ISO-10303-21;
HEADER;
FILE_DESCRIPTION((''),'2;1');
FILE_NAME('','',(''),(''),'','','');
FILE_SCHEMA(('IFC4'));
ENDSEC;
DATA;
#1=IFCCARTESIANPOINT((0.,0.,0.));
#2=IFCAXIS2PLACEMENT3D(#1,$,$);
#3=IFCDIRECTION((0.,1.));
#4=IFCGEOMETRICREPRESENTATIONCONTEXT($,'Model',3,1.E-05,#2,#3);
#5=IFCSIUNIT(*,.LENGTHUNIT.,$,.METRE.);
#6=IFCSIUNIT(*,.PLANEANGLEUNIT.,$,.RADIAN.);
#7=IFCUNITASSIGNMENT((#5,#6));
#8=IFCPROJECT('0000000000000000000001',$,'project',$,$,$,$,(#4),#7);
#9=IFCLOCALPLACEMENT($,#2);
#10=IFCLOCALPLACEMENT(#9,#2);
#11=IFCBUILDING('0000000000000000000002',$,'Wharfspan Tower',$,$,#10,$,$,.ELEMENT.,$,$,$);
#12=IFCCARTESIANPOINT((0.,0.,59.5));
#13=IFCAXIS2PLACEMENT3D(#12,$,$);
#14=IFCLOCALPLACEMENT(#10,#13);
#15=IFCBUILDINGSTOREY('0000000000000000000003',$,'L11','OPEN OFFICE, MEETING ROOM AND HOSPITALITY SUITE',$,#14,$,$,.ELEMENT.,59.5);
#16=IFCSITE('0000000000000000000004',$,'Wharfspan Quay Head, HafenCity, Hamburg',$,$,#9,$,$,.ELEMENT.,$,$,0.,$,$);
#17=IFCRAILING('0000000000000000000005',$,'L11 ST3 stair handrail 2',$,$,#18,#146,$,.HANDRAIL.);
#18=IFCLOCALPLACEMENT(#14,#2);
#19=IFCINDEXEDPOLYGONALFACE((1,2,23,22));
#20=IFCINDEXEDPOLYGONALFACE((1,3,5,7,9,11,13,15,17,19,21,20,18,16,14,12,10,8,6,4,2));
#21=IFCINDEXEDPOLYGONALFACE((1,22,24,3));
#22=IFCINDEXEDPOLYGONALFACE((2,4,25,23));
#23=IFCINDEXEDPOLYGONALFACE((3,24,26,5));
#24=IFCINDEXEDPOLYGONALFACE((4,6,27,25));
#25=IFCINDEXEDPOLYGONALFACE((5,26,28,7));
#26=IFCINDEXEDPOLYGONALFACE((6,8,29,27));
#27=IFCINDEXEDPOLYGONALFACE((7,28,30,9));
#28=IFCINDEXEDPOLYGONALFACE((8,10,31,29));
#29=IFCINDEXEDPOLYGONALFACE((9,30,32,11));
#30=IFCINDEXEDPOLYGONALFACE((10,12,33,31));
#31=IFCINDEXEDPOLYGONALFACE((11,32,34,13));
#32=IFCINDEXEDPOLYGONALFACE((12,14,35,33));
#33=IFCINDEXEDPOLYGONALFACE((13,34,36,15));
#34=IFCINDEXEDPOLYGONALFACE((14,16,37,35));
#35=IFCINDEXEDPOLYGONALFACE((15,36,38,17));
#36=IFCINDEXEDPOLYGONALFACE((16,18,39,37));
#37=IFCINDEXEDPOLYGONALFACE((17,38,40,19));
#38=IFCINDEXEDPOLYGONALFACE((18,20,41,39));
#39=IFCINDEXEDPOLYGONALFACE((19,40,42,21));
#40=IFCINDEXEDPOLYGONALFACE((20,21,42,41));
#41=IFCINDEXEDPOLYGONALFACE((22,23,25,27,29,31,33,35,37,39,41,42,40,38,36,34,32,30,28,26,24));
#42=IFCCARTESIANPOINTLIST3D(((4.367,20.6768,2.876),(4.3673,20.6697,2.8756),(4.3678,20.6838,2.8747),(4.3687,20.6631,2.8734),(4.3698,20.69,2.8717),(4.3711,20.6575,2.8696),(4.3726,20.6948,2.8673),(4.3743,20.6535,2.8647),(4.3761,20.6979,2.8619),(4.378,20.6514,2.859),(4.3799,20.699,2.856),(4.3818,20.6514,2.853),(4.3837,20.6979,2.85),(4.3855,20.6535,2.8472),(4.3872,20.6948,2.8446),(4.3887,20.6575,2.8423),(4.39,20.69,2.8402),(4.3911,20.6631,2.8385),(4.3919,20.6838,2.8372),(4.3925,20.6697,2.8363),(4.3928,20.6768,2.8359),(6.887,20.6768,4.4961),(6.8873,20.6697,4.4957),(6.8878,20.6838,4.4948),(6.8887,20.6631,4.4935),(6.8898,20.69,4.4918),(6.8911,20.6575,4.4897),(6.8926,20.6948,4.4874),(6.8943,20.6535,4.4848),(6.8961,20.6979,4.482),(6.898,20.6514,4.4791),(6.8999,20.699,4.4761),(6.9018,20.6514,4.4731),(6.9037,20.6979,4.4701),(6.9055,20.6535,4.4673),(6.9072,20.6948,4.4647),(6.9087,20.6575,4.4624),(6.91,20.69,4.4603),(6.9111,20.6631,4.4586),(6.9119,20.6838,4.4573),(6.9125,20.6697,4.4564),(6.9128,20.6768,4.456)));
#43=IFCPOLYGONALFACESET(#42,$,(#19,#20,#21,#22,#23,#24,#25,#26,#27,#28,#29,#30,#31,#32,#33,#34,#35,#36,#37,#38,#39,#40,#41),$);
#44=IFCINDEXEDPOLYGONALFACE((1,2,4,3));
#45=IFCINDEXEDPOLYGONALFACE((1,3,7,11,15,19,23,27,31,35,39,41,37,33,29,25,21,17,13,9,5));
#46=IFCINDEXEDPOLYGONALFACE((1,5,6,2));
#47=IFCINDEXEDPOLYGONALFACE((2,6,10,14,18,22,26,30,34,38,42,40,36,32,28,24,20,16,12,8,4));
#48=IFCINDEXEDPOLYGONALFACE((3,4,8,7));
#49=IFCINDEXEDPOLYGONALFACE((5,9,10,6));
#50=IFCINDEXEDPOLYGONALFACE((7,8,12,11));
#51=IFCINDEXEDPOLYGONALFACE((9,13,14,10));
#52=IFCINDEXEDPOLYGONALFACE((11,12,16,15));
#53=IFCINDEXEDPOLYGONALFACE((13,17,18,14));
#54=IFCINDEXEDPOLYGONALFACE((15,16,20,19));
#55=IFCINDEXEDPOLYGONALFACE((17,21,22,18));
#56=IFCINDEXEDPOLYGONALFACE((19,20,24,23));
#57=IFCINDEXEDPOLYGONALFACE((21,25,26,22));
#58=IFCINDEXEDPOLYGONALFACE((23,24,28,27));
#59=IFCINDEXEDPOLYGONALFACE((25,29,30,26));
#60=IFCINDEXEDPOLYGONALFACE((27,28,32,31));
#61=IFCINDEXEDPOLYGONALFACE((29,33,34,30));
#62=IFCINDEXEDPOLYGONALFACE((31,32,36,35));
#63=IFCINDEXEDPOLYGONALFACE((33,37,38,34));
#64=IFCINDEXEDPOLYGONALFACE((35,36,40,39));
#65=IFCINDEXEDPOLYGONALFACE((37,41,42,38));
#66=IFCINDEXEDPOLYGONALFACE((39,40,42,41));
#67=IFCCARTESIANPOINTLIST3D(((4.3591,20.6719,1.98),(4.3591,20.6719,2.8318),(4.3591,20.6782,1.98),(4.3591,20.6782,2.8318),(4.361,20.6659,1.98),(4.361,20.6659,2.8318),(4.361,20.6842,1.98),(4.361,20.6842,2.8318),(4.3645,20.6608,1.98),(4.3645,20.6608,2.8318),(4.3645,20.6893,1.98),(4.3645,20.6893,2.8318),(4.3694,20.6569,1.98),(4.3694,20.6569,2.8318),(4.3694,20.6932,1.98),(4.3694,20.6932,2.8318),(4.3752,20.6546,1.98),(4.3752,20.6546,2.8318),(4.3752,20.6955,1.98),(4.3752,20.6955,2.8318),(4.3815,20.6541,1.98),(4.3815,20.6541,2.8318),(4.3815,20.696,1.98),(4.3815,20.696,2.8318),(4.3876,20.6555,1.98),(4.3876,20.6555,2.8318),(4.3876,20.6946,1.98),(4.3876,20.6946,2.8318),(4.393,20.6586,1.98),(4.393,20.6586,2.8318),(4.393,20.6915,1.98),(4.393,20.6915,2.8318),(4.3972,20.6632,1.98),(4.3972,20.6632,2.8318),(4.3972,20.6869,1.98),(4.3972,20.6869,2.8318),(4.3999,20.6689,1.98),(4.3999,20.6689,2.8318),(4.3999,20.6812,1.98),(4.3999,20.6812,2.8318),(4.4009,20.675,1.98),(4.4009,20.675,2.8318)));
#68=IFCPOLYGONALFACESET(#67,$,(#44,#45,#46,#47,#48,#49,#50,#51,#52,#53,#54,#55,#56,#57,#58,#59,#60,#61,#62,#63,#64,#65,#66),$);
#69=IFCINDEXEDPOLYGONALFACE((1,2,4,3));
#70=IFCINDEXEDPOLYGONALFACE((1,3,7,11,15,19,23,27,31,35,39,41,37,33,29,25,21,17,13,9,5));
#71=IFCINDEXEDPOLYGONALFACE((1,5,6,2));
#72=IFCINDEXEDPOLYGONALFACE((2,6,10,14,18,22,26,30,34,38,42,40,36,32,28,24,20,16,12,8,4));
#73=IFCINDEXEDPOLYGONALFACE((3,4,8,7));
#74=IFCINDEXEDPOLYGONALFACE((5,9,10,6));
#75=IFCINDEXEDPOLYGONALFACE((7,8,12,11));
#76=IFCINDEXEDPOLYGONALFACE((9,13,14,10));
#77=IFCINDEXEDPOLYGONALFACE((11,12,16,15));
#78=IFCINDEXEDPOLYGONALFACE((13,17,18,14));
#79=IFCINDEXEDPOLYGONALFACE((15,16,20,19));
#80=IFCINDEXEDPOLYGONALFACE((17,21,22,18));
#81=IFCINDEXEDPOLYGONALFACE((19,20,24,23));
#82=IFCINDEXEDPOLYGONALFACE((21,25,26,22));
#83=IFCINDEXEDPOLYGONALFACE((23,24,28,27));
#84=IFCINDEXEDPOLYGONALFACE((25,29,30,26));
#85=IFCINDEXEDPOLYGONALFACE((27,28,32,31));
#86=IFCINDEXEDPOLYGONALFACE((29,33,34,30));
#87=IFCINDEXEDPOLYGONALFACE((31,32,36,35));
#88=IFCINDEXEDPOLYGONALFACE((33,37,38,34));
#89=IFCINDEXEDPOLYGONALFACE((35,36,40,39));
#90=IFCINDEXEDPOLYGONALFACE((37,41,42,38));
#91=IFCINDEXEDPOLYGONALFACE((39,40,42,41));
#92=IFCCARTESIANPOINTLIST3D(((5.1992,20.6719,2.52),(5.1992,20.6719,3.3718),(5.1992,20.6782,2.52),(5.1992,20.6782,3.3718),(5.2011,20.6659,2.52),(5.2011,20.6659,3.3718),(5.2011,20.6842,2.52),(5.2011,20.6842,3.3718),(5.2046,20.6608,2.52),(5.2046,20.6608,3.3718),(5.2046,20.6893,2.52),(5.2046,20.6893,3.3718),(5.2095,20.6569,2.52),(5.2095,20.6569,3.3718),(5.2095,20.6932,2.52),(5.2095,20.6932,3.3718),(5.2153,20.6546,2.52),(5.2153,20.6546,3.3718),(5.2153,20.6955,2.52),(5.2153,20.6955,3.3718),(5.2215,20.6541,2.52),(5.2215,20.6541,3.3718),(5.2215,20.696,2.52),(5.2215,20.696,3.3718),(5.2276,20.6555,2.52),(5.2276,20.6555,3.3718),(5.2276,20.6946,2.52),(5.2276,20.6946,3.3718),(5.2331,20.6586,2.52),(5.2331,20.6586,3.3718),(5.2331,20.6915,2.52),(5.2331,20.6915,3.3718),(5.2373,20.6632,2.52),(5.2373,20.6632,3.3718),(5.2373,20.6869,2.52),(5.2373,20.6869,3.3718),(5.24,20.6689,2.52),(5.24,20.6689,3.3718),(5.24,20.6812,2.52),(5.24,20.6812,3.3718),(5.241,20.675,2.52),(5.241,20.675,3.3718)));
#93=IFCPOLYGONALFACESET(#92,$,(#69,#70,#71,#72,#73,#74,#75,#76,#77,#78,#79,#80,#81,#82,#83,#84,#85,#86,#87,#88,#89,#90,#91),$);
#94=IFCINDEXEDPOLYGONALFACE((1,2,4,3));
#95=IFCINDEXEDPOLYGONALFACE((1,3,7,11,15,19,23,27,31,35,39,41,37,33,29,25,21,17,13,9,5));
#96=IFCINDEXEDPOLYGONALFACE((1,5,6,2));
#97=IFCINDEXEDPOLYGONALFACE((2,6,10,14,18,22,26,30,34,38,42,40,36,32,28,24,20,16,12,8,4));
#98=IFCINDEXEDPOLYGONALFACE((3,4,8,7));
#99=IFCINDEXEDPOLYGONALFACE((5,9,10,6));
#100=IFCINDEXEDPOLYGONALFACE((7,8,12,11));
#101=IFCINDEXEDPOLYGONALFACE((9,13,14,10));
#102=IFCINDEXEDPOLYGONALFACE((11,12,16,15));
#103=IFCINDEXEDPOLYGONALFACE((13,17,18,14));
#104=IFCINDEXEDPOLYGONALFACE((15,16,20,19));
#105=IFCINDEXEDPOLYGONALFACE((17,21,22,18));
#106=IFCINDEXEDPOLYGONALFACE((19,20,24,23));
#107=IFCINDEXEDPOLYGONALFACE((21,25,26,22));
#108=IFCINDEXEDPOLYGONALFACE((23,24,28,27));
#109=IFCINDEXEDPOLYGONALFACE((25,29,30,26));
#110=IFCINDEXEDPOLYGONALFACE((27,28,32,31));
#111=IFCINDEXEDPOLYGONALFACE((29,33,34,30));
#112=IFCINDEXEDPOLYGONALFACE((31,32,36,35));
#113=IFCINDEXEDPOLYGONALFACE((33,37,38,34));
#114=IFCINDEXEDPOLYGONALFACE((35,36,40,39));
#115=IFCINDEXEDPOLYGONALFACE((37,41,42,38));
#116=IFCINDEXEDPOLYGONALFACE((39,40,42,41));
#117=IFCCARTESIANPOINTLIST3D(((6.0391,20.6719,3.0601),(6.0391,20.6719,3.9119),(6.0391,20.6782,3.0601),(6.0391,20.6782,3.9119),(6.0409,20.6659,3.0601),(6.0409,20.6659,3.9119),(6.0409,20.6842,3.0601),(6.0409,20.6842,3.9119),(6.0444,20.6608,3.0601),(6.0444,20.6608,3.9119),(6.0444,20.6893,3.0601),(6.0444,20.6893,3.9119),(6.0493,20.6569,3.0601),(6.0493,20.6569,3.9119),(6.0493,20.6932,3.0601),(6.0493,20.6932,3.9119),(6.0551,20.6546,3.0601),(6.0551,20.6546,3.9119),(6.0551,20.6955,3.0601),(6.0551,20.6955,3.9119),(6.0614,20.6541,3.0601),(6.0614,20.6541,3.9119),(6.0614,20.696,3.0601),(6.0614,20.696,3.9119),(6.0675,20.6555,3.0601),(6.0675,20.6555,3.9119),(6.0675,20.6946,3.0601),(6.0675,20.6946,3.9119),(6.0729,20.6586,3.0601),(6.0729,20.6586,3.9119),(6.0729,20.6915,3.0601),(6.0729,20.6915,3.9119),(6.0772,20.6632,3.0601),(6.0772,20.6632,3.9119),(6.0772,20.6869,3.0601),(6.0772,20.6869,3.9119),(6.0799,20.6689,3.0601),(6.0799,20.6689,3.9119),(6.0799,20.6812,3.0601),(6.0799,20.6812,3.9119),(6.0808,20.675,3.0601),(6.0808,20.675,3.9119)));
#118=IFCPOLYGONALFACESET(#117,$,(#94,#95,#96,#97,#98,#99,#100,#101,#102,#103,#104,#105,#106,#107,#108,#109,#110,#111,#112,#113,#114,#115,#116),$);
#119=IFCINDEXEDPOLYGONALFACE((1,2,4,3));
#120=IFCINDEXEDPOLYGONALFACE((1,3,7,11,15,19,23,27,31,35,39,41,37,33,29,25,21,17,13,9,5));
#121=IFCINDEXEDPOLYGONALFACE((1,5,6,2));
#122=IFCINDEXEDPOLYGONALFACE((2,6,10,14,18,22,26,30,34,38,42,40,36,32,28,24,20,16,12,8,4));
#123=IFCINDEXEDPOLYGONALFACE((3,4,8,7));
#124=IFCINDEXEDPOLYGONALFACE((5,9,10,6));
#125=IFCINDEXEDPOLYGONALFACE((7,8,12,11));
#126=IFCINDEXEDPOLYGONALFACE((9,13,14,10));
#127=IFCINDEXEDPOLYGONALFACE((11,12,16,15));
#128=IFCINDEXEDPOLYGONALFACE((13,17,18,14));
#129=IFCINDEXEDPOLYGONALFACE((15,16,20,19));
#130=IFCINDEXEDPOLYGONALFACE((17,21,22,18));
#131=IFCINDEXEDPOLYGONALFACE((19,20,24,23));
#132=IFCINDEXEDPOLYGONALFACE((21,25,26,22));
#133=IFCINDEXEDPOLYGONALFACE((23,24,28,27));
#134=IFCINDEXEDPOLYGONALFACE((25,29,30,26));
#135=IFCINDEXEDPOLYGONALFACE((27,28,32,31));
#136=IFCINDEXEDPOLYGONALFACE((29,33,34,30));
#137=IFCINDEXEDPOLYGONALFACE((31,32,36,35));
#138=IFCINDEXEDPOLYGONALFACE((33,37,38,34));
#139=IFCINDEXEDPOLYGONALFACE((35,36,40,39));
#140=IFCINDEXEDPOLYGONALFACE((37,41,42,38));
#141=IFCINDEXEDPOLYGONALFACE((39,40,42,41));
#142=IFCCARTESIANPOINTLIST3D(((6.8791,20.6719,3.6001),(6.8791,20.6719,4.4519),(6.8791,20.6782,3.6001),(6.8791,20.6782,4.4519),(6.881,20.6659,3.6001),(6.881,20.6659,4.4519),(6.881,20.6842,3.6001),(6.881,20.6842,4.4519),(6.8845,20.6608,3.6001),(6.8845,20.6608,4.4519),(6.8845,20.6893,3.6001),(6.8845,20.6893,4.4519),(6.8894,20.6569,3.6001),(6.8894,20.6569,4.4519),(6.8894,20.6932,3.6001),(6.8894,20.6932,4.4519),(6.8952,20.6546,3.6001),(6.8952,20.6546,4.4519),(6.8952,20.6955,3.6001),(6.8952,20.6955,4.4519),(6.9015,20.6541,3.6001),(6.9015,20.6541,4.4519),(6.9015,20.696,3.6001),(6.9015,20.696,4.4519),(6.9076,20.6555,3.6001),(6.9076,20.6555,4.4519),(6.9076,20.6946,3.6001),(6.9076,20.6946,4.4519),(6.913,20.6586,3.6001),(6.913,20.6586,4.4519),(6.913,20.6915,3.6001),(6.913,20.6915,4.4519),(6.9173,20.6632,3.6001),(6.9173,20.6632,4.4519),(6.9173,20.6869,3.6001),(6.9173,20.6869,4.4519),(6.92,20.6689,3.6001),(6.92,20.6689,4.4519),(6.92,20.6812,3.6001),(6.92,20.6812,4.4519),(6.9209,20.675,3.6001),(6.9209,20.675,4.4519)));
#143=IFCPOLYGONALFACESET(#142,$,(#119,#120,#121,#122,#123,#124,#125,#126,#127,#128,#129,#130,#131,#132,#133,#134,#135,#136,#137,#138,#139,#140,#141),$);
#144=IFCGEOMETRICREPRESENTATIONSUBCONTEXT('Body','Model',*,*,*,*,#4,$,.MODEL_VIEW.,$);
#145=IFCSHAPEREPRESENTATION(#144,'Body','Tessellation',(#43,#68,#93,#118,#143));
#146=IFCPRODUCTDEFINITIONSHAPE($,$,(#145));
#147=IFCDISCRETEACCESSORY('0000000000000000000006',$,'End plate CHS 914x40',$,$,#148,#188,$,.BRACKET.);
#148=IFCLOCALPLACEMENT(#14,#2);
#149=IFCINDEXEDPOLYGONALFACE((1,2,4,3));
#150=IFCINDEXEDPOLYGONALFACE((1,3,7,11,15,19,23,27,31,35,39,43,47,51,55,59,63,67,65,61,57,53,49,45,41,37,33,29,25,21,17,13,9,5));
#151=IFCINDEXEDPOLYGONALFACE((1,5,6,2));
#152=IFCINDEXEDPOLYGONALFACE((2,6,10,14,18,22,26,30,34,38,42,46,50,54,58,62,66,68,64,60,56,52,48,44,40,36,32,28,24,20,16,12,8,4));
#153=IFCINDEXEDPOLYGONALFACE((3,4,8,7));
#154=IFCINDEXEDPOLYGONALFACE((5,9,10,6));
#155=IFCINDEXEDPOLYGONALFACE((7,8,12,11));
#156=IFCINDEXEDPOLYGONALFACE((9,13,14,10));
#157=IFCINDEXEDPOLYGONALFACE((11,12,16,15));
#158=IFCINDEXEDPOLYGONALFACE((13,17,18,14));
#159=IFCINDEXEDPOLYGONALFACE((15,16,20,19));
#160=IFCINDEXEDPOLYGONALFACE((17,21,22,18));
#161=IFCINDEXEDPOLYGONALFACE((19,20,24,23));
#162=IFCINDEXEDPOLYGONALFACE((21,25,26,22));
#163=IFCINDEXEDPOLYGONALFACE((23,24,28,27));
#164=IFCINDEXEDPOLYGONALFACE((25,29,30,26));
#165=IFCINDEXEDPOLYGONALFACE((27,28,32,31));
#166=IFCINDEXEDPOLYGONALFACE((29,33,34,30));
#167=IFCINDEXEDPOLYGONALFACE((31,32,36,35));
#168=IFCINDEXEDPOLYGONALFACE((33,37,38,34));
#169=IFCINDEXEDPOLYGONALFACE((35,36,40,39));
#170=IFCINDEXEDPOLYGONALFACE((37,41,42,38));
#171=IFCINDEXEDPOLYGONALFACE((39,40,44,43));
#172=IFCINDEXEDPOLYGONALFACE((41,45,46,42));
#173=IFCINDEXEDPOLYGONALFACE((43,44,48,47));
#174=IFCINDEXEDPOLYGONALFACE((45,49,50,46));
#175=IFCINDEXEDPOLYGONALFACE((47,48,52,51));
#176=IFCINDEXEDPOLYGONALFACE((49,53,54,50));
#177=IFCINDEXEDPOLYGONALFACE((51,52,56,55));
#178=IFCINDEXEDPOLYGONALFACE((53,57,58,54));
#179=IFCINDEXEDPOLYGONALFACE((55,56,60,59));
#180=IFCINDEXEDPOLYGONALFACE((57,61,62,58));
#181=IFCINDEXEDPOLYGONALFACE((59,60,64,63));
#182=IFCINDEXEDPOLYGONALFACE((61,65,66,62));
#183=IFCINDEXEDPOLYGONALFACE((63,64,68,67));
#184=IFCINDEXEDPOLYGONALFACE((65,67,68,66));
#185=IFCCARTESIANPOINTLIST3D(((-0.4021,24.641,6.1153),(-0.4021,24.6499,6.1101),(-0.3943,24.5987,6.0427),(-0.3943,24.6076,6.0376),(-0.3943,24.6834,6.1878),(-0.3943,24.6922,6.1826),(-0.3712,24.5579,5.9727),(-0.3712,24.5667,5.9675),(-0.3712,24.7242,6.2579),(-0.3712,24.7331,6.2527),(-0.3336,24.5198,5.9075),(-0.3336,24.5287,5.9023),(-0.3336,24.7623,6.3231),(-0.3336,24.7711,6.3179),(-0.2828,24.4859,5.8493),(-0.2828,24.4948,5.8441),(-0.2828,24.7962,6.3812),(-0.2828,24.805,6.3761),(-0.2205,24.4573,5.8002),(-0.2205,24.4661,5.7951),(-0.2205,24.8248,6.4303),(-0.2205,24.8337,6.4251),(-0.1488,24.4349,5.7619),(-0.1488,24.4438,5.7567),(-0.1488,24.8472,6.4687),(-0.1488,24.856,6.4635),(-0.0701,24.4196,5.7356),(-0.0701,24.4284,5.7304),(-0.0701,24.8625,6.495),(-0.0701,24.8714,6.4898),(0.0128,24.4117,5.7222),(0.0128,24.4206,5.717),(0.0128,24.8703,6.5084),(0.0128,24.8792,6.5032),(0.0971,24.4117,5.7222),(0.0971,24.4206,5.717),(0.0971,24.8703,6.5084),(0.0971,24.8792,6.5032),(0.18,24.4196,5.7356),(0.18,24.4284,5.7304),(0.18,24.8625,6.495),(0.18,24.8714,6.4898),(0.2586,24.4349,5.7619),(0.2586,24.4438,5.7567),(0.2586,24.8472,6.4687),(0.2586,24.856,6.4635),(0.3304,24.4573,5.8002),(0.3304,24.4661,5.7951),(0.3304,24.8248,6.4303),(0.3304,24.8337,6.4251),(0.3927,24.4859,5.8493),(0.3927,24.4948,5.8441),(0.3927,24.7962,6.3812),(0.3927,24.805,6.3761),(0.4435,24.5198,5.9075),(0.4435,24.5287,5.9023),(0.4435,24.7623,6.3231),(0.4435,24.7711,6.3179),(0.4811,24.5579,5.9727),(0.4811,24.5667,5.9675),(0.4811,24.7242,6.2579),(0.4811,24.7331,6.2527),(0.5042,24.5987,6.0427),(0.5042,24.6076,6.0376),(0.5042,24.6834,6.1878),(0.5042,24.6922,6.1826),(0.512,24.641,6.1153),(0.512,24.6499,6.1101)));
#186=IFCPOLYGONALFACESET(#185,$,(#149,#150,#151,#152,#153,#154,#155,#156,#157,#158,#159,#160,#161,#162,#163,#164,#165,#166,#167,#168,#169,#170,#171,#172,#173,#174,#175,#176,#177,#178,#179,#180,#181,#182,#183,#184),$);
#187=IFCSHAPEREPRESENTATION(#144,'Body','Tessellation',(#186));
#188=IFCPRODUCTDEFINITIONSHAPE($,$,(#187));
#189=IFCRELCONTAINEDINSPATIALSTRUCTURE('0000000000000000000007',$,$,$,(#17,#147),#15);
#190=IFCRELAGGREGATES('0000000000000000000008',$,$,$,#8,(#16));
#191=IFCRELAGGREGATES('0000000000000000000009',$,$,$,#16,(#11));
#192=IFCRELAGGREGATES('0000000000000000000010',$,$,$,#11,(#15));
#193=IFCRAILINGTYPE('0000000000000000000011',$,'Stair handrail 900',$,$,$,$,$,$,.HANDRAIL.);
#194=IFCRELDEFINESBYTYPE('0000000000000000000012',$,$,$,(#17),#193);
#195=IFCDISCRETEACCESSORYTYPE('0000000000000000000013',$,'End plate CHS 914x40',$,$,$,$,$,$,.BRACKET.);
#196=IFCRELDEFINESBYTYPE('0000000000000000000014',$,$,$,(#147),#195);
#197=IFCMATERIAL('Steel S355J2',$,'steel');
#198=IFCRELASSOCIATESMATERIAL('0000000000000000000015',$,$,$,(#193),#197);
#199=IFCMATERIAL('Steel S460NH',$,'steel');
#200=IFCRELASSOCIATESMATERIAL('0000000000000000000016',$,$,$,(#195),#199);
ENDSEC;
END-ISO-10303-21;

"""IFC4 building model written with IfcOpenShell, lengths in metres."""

from ifc_helpers import new_model, si_unit, direction, frame, origin, origin_2d, place, context, subcontext, project, spatial, circle, extrude, material, material_profile, profile_set, type_object, element, save


model = new_model("IFC4")

# Units and contexts
model_context = context("Model", 3, precision=1e-05, world=origin(), true_north=direction((0.0, 1.0)))
body_context = subcontext(model_context, "Body", "Model", "MODEL_VIEW")
ifc_project = project(units=[si_unit("LENGTHUNIT", "METRE"), si_unit("PLANEANGLEUNIT", "RADIAN")], contexts=[model_context])

# Site, building, storey
site_placement = place(None, origin())
site = spatial("IfcSite", under=ifc_project, at=site_placement, Name="Wharfspan Quay Head, HafenCity, Hamburg", CompositionType="ELEMENT", RefElevation=0.0)
building_placement = place(site_placement, origin())
building = spatial("IfcBuilding", under=site, at=building_placement, Name="Wharfspan Tower", CompositionType="ELEMENT")
storey_placement = place(building_placement, frame((0.0, 0.0, 59.5)))
storey = spatial("IfcBuildingStorey", under=building, at=storey_placement, Name="L11", Description="OPEN OFFICE, MEETING ROOM AND HOSPITALITY SUITE", CompositionType="ELEMENT", Elevation=59.5)

# Shared definitions
ifc_material_1 = material(Name="Steel S355J2", Category="steel")

# Shared definitions
ifc_material_2 = material(Name="Steel S460NH", Category="steel")

# Railing
railing_type_1 = type_object("IfcRailingType", Name="Stair handrail 900", PredefinedType="HANDRAIL", material=ifc_material_1)
railing_1_placement = place(storey_placement, frame((4.3799, 20.675, 1.98)))
element("IfcRailing", 1, at=railing_1_placement, inside=storey, type_object=railing_type_1, Name="L11 ST3 stair handrail 2", PredefinedType="HANDRAIL", context=body_context, shape_type="SweptSolid", body=[
    extrude(circle(Radius=0.0239, at=origin_2d()), frame((0.0, 0.0, 0.876), z_axis=(0.841163, 0.0, 0.540782), x_axis=(0.0, 1.0, 0.0)), (0.0, 0.0, 1.0), 2.9958),
    extrude(circle(Radius=0.021, at=origin_2d()), origin(), (0.0, 0.0, 1.0), 0.8518),
    extrude(circle(Radius=0.021, at=origin_2d()), frame((0.8401, 0.0, 0.54)), (0.0, 0.0, 1.0), 0.8518),
    extrude(circle(Radius=0.021, at=origin_2d()), frame((1.6799, 0.0, 1.0801)), (0.0, 0.0, 1.0), 0.8518),
    extrude(circle(Radius=0.021, at=origin_2d()), frame((2.52, 0.0, 1.6201)), (0.0, 0.0, 1.0), 0.8518),
])

# Discrete accessory
ifc_material_profile_1 = material_profile(ifc_material_2, circle(Radius=0.457, at=origin_2d()))
ifc_profile_set_1 = profile_set([ifc_material_profile_1], Name="Steel S460NH")
discrete_accessory_type = type_object("IfcDiscreteAccessoryType", Name="End plate CHS 914x40", PredefinedType="BRACKET", material=ifc_profile_set_1)
for number, where, z_axis, x_axis, name in (
    (2, (0.0549, 24.6499, 6.1101), (0.0, -0.863779, 0.503871), (1.0, 0.0, 0.0), "End plate CHS 914x40"),
):
    element("IfcDiscreteAccessory", number, at=place(storey_placement, frame(where, z_axis=z_axis, x_axis=x_axis)), inside=storey, type_object=discrete_accessory_type, Name=name, PredefinedType="BRACKET", context=body_context, shape_type="SweptSolid", body=[
        extrude(circle(Radius=0.457, at=origin_2d()), origin(), (0.0, 0.0, 1.0), 0.0103),
    ])

save(model, "model.ifc")
